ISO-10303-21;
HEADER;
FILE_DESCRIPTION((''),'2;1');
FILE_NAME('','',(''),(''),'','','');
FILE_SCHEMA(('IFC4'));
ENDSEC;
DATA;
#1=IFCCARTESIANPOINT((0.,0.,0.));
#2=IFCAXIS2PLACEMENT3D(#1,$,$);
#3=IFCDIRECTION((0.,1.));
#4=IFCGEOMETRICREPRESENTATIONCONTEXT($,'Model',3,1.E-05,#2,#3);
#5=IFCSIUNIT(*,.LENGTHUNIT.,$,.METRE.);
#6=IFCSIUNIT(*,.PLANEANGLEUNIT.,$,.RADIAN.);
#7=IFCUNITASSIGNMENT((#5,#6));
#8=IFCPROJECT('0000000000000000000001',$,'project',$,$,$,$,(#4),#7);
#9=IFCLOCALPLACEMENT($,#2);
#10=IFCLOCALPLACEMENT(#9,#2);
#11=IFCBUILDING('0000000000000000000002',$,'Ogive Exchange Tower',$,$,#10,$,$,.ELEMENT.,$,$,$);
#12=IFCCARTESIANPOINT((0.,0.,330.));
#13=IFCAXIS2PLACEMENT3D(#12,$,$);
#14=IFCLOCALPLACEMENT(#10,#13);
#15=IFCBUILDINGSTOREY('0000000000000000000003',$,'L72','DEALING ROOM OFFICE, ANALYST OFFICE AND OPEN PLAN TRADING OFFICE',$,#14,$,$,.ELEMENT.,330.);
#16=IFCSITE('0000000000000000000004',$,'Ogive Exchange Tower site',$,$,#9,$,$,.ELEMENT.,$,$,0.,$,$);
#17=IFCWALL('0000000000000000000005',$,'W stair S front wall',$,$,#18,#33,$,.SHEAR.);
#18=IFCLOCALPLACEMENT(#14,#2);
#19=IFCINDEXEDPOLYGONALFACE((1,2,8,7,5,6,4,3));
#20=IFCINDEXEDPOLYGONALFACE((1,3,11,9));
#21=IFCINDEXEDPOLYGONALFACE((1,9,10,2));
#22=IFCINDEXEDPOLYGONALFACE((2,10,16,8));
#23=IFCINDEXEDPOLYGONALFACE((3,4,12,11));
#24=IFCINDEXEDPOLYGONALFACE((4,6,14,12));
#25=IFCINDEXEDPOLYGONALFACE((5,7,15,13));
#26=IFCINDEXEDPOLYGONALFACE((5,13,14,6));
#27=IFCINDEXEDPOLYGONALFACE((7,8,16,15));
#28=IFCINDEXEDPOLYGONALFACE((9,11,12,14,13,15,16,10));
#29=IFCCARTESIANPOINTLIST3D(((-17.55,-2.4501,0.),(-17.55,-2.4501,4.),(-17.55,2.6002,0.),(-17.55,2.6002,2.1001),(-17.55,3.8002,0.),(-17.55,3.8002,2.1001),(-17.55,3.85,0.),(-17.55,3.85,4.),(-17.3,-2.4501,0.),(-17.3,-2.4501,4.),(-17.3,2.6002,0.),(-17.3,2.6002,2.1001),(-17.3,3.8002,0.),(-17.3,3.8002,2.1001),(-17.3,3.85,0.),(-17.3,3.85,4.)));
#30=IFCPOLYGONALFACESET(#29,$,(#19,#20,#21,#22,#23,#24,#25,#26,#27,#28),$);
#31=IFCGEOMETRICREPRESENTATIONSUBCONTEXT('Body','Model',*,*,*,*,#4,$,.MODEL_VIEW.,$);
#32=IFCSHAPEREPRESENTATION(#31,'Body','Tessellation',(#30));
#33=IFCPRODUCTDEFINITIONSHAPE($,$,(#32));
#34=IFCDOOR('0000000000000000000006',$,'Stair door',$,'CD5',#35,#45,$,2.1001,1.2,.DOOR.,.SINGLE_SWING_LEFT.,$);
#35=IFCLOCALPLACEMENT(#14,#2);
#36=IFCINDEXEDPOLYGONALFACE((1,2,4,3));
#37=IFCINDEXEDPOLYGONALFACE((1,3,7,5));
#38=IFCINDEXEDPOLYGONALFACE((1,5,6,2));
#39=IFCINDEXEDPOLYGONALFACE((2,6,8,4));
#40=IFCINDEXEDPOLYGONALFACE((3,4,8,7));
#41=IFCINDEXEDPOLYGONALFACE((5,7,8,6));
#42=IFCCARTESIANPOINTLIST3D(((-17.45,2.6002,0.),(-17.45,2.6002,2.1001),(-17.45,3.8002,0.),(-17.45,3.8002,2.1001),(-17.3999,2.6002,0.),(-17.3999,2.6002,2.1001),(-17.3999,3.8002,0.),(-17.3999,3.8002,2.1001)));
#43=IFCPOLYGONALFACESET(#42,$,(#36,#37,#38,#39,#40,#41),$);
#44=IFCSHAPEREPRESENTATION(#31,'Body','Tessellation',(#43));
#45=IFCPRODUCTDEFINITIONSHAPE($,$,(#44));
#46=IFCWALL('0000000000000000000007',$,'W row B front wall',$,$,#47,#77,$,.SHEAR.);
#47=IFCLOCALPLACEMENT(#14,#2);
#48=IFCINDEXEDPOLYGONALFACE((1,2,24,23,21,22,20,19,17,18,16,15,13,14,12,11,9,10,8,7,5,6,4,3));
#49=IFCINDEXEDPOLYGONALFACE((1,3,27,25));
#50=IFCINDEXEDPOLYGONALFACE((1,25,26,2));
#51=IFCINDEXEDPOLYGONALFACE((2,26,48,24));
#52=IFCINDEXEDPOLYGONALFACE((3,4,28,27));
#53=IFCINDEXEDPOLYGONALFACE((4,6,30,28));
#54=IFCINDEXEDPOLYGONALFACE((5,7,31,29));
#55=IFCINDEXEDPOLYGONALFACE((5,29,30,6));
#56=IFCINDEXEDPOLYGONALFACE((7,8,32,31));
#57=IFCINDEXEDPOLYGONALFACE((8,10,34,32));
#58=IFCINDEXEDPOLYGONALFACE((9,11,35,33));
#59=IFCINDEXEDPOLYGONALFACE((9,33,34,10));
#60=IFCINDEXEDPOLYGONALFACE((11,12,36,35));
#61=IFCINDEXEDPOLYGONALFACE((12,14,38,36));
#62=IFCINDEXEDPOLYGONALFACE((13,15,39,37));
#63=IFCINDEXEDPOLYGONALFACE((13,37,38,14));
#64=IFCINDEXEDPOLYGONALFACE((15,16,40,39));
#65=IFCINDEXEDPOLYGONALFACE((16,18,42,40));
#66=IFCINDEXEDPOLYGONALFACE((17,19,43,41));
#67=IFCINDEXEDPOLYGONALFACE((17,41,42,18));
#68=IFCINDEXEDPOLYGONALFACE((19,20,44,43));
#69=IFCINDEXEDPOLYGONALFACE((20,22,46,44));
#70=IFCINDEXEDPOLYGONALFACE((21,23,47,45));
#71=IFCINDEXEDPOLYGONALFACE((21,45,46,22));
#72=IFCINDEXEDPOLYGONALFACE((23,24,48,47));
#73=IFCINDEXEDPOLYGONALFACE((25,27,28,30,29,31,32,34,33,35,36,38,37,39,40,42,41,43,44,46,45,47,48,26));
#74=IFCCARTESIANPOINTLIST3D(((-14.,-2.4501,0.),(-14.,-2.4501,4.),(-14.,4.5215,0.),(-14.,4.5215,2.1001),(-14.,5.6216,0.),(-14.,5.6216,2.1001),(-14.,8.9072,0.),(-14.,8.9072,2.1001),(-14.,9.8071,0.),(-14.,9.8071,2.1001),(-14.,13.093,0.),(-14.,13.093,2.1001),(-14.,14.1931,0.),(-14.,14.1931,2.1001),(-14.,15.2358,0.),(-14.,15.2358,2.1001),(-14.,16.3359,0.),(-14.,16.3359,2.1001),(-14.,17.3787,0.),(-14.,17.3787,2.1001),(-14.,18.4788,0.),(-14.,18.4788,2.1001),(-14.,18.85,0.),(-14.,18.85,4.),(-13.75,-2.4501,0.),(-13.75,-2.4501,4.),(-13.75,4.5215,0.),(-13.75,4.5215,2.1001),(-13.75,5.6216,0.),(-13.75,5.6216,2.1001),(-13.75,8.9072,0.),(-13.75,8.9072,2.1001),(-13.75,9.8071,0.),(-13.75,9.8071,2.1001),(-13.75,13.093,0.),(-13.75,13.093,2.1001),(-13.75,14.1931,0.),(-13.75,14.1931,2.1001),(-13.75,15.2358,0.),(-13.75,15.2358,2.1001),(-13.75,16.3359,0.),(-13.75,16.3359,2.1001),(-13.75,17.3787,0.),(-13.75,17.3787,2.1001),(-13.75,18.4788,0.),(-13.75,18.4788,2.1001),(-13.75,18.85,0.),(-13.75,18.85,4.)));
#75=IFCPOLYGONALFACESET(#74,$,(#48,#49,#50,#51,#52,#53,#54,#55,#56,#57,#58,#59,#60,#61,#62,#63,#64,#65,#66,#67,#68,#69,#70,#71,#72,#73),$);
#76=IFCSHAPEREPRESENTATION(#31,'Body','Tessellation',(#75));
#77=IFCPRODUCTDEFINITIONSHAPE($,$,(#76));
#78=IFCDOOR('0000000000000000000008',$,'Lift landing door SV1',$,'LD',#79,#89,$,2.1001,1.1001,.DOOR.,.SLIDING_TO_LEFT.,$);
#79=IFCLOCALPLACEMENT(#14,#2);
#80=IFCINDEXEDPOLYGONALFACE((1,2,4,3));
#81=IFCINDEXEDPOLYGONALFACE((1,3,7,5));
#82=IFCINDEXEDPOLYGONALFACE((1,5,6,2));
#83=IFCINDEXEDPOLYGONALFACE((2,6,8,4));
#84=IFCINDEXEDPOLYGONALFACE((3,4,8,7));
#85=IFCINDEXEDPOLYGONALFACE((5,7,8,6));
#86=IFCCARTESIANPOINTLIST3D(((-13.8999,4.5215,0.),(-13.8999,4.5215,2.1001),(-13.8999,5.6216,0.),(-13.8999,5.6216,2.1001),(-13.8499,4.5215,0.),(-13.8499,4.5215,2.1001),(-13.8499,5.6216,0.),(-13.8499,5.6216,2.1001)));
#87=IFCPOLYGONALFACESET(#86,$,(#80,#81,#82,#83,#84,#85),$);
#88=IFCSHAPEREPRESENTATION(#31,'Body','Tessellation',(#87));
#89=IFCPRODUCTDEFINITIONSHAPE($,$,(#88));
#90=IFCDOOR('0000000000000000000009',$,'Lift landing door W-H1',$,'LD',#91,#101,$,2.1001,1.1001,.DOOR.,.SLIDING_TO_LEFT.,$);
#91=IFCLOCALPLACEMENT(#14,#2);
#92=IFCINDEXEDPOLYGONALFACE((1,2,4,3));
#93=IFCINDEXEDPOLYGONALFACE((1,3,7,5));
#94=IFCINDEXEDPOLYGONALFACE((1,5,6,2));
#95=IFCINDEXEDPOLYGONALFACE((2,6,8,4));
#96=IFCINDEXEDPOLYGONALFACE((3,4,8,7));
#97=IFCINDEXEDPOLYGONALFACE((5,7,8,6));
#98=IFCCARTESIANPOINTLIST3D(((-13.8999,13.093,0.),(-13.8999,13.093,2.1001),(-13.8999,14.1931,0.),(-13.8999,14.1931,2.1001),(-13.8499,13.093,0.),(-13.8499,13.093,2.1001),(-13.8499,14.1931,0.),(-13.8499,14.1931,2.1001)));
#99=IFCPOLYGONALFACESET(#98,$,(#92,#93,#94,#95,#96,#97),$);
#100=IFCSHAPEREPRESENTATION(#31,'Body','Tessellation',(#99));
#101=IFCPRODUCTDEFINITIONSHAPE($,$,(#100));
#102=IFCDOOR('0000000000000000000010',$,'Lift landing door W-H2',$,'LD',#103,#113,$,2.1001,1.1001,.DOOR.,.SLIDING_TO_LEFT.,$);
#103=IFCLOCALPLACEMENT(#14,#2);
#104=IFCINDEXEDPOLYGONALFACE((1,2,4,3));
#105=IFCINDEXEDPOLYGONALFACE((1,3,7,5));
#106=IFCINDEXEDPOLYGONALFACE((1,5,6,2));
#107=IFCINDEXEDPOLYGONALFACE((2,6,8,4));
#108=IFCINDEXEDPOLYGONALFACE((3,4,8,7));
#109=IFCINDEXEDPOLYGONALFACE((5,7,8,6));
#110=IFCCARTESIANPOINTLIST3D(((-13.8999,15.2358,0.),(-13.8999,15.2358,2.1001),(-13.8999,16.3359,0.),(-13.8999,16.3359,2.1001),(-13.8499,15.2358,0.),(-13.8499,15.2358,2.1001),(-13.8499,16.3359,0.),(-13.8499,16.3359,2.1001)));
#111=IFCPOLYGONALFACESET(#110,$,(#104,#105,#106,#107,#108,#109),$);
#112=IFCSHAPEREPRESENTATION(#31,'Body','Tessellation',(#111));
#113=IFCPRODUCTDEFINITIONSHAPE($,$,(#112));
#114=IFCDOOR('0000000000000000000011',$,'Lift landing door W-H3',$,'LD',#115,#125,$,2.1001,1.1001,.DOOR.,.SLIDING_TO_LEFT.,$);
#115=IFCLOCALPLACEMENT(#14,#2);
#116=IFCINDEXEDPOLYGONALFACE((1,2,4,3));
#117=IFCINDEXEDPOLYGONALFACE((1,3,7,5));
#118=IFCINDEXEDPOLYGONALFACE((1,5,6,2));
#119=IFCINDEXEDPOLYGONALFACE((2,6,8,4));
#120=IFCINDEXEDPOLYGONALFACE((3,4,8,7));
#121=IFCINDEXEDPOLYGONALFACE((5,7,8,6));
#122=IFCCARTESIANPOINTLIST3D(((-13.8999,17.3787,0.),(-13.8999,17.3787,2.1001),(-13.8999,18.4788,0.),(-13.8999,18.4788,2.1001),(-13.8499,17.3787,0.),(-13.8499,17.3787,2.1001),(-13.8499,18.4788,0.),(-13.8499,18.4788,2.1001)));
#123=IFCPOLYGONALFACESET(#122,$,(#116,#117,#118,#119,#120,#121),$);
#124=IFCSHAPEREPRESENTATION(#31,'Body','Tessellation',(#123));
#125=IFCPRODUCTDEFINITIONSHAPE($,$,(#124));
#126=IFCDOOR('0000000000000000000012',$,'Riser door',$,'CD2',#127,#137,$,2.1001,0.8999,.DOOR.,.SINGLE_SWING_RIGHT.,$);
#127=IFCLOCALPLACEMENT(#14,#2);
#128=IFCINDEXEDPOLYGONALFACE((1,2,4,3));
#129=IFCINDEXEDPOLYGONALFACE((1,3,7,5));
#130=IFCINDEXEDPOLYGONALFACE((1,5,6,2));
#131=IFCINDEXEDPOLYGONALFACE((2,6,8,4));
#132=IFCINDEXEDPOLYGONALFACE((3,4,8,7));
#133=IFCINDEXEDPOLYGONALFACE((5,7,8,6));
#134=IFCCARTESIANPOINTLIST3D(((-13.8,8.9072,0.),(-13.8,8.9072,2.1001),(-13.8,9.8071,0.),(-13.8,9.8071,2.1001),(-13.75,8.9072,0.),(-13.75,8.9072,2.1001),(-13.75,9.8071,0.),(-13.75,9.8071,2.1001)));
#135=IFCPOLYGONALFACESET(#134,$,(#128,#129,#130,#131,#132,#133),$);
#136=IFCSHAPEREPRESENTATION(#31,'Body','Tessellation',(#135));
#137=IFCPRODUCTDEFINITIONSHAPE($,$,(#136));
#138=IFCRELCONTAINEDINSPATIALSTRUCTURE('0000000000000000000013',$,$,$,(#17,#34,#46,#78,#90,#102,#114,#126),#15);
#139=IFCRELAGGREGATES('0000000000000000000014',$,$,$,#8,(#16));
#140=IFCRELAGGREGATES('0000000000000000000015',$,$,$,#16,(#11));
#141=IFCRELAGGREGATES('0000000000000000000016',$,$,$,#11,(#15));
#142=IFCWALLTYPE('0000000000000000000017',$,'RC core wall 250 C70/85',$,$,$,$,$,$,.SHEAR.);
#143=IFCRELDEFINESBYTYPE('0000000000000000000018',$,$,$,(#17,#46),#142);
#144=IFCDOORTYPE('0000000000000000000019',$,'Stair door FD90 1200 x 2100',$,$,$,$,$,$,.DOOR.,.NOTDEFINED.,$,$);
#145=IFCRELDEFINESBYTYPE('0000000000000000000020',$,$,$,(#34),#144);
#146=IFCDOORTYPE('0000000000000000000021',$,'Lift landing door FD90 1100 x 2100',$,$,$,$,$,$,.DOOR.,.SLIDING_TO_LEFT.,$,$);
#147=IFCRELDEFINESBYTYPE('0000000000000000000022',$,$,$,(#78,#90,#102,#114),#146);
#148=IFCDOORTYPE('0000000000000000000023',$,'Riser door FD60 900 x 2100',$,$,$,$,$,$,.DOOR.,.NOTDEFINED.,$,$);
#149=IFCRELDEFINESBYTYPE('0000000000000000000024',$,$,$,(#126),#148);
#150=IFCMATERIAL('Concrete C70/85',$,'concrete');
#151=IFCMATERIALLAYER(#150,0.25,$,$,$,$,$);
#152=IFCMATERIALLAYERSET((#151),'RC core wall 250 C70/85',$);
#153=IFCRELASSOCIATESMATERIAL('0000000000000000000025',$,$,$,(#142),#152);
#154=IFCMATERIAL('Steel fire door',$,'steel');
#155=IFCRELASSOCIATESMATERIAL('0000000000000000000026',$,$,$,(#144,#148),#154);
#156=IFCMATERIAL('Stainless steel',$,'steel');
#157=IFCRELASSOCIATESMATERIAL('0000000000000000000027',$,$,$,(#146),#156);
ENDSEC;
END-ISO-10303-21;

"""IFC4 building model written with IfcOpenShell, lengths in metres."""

from ifc_helpers import new_model, si_unit, direction, frame, frame_2d, origin, place, context, subcontext, project, spatial, rectangle, extrude, material, layer, layer_set, type_object, element, fill, save


model = new_model("IFC4")

# Units and contexts
model_context = context("Model", 3, precision=1e-05, world=origin(), true_north=direction((0.0, 1.0)))
body_context = subcontext(model_context, "Body", "Model", "MODEL_VIEW")
ifc_project = project(units=[si_unit("LENGTHUNIT", "METRE"), si_unit("PLANEANGLEUNIT", "RADIAN")], contexts=[model_context])

# Site, building, storey
site_placement = place(None, origin())
site = spatial("IfcSite", under=ifc_project, at=site_placement, Name="Ogive Exchange Tower site", CompositionType="ELEMENT", RefElevation=0.0)
building_placement = place(site_placement, origin())
building = spatial("IfcBuilding", under=site, at=building_placement, Name="Ogive Exchange Tower", CompositionType="ELEMENT")
storey_placement = place(building_placement, frame((0.0, 0.0, 330.0)))
storey = spatial("IfcBuildingStorey", under=building, at=storey_placement, Name="L72", Description="DEALING ROOM OFFICE, ANALYST OFFICE AND OPEN PLAN TRADING OFFICE", CompositionType="ELEMENT", Elevation=330.0)

# Wall, opening, door
ifc_material_1 = material(Name="Concrete C70/85", Category="concrete")
ifc_layer_1 = layer(ifc_material_1, 0.25)
ifc_layer_set_1 = layer_set([ifc_layer_1], Name="RC core wall 250 C70/85")
wall_type_1 = type_object("IfcWallType", Name="RC core wall 250 C70/85", PredefinedType="SHEAR", material=ifc_layer_set_1)
wall_1_placement = place(storey_placement, frame((-17.425, -2.45, 0.0), z_axis=(0.0, 0.0, 1.0), x_axis=(0.0, 1.0, 0.0)))
wall_1 = element("IfcWall", 1, at=wall_1_placement, inside=storey, type_object=wall_type_1, Name="W stair S front wall", PredefinedType="SHEAR", context=body_context, shape_type="SweptSolid", body=[
    extrude(rectangle(XDim=6.3, YDim=0.25, at=frame_2d((3.1499, 0.0))), origin(), (0.0, 0.0, 1.0), 4.0),
])
opening_1_placement = place(wall_1_placement, frame((5.05, 0.0, 0.0)))
opening_1 = element("IfcOpeningElement", 2, at=opening_1_placement, cuts=wall_1, PredefinedType="OPENING", context=body_context, shape_type="SweptSolid", body=[
    extrude(rectangle(XDim=1.2, YDim=2.1001, at=frame_2d((0.6001, 1.05))), frame((0.0, 0.135, 0.0), z_axis=(0.0, -1.0, 0.0), x_axis=(1.0, 0.0, 0.0)), (0.0, 0.0, 1.0), 0.27),
])
ifc_material_2 = material(Name="Steel fire door", Category="steel")
door_type_1 = type_object("IfcDoorType", Name="Stair door FD90 1200 x 2100", OperationType="NOTDEFINED", PredefinedType="DOOR", material=ifc_material_2)
door_1_placement = place(opening_1_placement, origin())
door_1 = element("IfcDoor", 3, at=door_1_placement, inside=storey, type_object=door_type_1, Name="Stair door", ObjectType="CD5", OperationType="SINGLE_SWING_LEFT", OverallHeight=2.1001, OverallWidth=1.2, PredefinedType="DOOR", context=body_context, shape_type="SweptSolid", body=[
    extrude(rectangle(XDim=1.2, YDim=2.1001, at=frame_2d((0.6001, 1.05))), frame((0.0, 0.0249, 0.0), z_axis=(0.0, -1.0, 0.0), x_axis=(1.0, 0.0, 0.0)), (0.0, 0.0, 1.0), 0.05),
])
fill(opening_1, door_1)

# Wall, openings, doors
wall_2_placement = place(storey_placement, frame((-13.875, -2.45, 0.0), z_axis=(0.0, 0.0, 1.0), x_axis=(0.0, 1.0, 0.0)))
wall_2 = element("IfcWall", 4, at=wall_2_placement, inside=storey, type_object=wall_type_1, Name="W row B front wall", PredefinedType="SHEAR", context=body_context, shape_type="SweptSolid", body=[
    extrude(rectangle(XDim=21.3, YDim=0.25, at=frame_2d((10.6499, 0.0))), origin(), (0.0, 0.0, 1.0), 4.0),
])
opening_2_placement = place(wall_2_placement, frame((11.3572, 0.0, 0.0)))
opening_2 = element("IfcOpeningElement", 5, at=opening_2_placement, cuts=wall_2, PredefinedType="OPENING", context=body_context, shape_type="SweptSolid", body=[
    extrude(rectangle(XDim=0.8999, YDim=2.1001, at=frame_2d((0.45, 1.05))), frame((0.0, 0.135, 0.0), z_axis=(0.0, -1.0, 0.0), x_axis=(1.0, 0.0, 0.0)), (0.0, 0.0, 1.0), 0.27),
])
opening_3_placement = place(wall_2_placement, frame((6.9714, 0.0, 0.0)))
opening_3 = element("IfcOpeningElement", 6, at=opening_3_placement, cuts=wall_2, PredefinedType="OPENING", context=body_context, shape_type="SweptSolid", body=[
    extrude(rectangle(XDim=1.1001, YDim=2.1001, at=frame_2d((0.55, 1.05))), frame((0.0, 0.135, 0.0), z_axis=(0.0, -1.0, 0.0), x_axis=(1.0, 0.0, 0.0)), (0.0, 0.0, 1.0), 0.27),
])
opening_4_placement = place(wall_2_placement, frame((15.543, 0.0, 0.0)))
opening_4 = element("IfcOpeningElement", 7, at=opening_4_placement, cuts=wall_2, PredefinedType="OPENING", context=body_context, shape_type="SweptSolid", body=[
    extrude(rectangle(XDim=1.1001, YDim=2.1001, at=frame_2d((0.55, 1.05))), frame((0.0, 0.135, 0.0), z_axis=(0.0, -1.0, 0.0), x_axis=(1.0, 0.0, 0.0)), (0.0, 0.0, 1.0), 0.27),
])
opening_5_placement = place(wall_2_placement, frame((17.6858, 0.0, 0.0)))
opening_5 = element("IfcOpeningElement", 8, at=opening_5_placement, cuts=wall_2, PredefinedType="OPENING", context=body_context, shape_type="SweptSolid", body=[
    extrude(rectangle(XDim=1.1001, YDim=2.1001, at=frame_2d((0.55, 1.05))), frame((0.0, 0.135, 0.0), z_axis=(0.0, -1.0, 0.0), x_axis=(1.0, 0.0, 0.0)), (0.0, 0.0, 1.0), 0.27),
])
opening_6_placement = place(wall_2_placement, frame((19.8286, 0.0, 0.0)))
opening_6 = element("IfcOpeningElement", 9, at=opening_6_placement, cuts=wall_2, PredefinedType="OPENING", context=body_context, shape_type="SweptSolid", body=[
    extrude(rectangle(XDim=1.1001, YDim=2.1001, at=frame_2d((0.55, 1.05))), frame((0.0, 0.135, 0.0), z_axis=(0.0, -1.0, 0.0), x_axis=(1.0, 0.0, 0.0)), (0.0, 0.0, 1.0), 0.27),
])
ifc_material_3 = material(Name="Stainless steel", Category="steel")
door_type_2 = type_object("IfcDoorType", Name="Lift landing door FD90 1100 x 2100", OperationType="SLIDING_TO_LEFT", PredefinedType="DOOR", material=ifc_material_3)
door_2_placement = place(opening_3_placement, origin())
door_2 = element("IfcDoor", 10, at=door_2_placement, inside=storey, type_object=door_type_2, Name="Lift landing door SV1", ObjectType="LD", OperationType="SLIDING_TO_LEFT", OverallHeight=2.1001, OverallWidth=1.1001, PredefinedType="DOOR", context=body_context, shape_type="SweptSolid", body=[
    extrude(rectangle(XDim=1.1001, YDim=2.1001, at=frame_2d((0.55, 1.05))), frame((0.0, 0.0249, 0.0), z_axis=(0.0, -1.0, 0.0), x_axis=(1.0, 0.0, 0.0)), (0.0, 0.0, 1.0), 0.05),
])
fill(opening_3, door_2)
door_3_placement = place(opening_4_placement, origin())
door_3 = element("IfcDoor", 11, at=door_3_placement, inside=storey, type_object=door_type_2, Name="Lift landing door W-H1", ObjectType="LD", OperationType="SLIDING_TO_LEFT", OverallHeight=2.1001, OverallWidth=1.1001, PredefinedType="DOOR", context=body_context, shape_type="SweptSolid", body=[
    extrude(rectangle(XDim=1.1001, YDim=2.1001, at=frame_2d((0.55, 1.05))), frame((0.0, 0.0249, 0.0), z_axis=(0.0, -1.0, 0.0), x_axis=(1.0, 0.0, 0.0)), (0.0, 0.0, 1.0), 0.05),
])
fill(opening_4, door_3)
door_4_placement = place(opening_5_placement, origin())
door_4 = element("IfcDoor", 12, at=door_4_placement, inside=storey, type_object=door_type_2, Name="Lift landing door W-H2", ObjectType="LD", OperationType="SLIDING_TO_LEFT", OverallHeight=2.1001, OverallWidth=1.1001, PredefinedType="DOOR", context=body_context, shape_type="SweptSolid", body=[
    extrude(rectangle(XDim=1.1001, YDim=2.1001, at=frame_2d((0.55, 1.05))), frame((0.0, 0.0249, 0.0), z_axis=(0.0, -1.0, 0.0), x_axis=(1.0, 0.0, 0.0)), (0.0, 0.0, 1.0), 0.05),
])
fill(opening_5, door_4)
door_5_placement = place(opening_6_placement, origin())
door_5 = element("IfcDoor", 13, at=door_5_placement, inside=storey, type_object=door_type_2, Name="Lift landing door W-H3", ObjectType="LD", OperationType="SLIDING_TO_LEFT", OverallHeight=2.1001, OverallWidth=1.1001, PredefinedType="DOOR", context=body_context, shape_type="SweptSolid", body=[
    extrude(rectangle(XDim=1.1001, YDim=2.1001, at=frame_2d((0.55, 1.05))), frame((0.0, 0.0249, 0.0), z_axis=(0.0, -1.0, 0.0), x_axis=(1.0, 0.0, 0.0)), (0.0, 0.0, 1.0), 0.05),
])
fill(opening_6, door_5)
door_type_3 = type_object("IfcDoorType", Name="Riser door FD60 900 x 2100", OperationType="NOTDEFINED", PredefinedType="DOOR", material=ifc_material_2)
door_6_placement = place(opening_2_placement, frame((0.8999, -0.2002, 0.0), z_axis=(0.0, 0.0, 1.0), x_axis=(-1.0, 0.0, 0.0)))
door_6 = element("IfcDoor", 14, at=door_6_placement, inside=storey, type_object=door_type_3, Name="Riser door", ObjectType="CD2", OperationType="SINGLE_SWING_RIGHT", OverallHeight=2.1001, OverallWidth=0.8999, PredefinedType="DOOR", context=body_context, shape_type="SweptSolid", body=[
    extrude(rectangle(XDim=0.8999, YDim=2.1001, at=frame_2d((0.45, 1.05))), frame((0.0, -0.0752, 0.0), z_axis=(0.0, -1.0, 0.0), x_axis=(1.0, 0.0, 0.0)), (0.0, 0.0, 1.0), 0.05),
])
fill(opening_2, door_6)

save(model, "model.ifc")
